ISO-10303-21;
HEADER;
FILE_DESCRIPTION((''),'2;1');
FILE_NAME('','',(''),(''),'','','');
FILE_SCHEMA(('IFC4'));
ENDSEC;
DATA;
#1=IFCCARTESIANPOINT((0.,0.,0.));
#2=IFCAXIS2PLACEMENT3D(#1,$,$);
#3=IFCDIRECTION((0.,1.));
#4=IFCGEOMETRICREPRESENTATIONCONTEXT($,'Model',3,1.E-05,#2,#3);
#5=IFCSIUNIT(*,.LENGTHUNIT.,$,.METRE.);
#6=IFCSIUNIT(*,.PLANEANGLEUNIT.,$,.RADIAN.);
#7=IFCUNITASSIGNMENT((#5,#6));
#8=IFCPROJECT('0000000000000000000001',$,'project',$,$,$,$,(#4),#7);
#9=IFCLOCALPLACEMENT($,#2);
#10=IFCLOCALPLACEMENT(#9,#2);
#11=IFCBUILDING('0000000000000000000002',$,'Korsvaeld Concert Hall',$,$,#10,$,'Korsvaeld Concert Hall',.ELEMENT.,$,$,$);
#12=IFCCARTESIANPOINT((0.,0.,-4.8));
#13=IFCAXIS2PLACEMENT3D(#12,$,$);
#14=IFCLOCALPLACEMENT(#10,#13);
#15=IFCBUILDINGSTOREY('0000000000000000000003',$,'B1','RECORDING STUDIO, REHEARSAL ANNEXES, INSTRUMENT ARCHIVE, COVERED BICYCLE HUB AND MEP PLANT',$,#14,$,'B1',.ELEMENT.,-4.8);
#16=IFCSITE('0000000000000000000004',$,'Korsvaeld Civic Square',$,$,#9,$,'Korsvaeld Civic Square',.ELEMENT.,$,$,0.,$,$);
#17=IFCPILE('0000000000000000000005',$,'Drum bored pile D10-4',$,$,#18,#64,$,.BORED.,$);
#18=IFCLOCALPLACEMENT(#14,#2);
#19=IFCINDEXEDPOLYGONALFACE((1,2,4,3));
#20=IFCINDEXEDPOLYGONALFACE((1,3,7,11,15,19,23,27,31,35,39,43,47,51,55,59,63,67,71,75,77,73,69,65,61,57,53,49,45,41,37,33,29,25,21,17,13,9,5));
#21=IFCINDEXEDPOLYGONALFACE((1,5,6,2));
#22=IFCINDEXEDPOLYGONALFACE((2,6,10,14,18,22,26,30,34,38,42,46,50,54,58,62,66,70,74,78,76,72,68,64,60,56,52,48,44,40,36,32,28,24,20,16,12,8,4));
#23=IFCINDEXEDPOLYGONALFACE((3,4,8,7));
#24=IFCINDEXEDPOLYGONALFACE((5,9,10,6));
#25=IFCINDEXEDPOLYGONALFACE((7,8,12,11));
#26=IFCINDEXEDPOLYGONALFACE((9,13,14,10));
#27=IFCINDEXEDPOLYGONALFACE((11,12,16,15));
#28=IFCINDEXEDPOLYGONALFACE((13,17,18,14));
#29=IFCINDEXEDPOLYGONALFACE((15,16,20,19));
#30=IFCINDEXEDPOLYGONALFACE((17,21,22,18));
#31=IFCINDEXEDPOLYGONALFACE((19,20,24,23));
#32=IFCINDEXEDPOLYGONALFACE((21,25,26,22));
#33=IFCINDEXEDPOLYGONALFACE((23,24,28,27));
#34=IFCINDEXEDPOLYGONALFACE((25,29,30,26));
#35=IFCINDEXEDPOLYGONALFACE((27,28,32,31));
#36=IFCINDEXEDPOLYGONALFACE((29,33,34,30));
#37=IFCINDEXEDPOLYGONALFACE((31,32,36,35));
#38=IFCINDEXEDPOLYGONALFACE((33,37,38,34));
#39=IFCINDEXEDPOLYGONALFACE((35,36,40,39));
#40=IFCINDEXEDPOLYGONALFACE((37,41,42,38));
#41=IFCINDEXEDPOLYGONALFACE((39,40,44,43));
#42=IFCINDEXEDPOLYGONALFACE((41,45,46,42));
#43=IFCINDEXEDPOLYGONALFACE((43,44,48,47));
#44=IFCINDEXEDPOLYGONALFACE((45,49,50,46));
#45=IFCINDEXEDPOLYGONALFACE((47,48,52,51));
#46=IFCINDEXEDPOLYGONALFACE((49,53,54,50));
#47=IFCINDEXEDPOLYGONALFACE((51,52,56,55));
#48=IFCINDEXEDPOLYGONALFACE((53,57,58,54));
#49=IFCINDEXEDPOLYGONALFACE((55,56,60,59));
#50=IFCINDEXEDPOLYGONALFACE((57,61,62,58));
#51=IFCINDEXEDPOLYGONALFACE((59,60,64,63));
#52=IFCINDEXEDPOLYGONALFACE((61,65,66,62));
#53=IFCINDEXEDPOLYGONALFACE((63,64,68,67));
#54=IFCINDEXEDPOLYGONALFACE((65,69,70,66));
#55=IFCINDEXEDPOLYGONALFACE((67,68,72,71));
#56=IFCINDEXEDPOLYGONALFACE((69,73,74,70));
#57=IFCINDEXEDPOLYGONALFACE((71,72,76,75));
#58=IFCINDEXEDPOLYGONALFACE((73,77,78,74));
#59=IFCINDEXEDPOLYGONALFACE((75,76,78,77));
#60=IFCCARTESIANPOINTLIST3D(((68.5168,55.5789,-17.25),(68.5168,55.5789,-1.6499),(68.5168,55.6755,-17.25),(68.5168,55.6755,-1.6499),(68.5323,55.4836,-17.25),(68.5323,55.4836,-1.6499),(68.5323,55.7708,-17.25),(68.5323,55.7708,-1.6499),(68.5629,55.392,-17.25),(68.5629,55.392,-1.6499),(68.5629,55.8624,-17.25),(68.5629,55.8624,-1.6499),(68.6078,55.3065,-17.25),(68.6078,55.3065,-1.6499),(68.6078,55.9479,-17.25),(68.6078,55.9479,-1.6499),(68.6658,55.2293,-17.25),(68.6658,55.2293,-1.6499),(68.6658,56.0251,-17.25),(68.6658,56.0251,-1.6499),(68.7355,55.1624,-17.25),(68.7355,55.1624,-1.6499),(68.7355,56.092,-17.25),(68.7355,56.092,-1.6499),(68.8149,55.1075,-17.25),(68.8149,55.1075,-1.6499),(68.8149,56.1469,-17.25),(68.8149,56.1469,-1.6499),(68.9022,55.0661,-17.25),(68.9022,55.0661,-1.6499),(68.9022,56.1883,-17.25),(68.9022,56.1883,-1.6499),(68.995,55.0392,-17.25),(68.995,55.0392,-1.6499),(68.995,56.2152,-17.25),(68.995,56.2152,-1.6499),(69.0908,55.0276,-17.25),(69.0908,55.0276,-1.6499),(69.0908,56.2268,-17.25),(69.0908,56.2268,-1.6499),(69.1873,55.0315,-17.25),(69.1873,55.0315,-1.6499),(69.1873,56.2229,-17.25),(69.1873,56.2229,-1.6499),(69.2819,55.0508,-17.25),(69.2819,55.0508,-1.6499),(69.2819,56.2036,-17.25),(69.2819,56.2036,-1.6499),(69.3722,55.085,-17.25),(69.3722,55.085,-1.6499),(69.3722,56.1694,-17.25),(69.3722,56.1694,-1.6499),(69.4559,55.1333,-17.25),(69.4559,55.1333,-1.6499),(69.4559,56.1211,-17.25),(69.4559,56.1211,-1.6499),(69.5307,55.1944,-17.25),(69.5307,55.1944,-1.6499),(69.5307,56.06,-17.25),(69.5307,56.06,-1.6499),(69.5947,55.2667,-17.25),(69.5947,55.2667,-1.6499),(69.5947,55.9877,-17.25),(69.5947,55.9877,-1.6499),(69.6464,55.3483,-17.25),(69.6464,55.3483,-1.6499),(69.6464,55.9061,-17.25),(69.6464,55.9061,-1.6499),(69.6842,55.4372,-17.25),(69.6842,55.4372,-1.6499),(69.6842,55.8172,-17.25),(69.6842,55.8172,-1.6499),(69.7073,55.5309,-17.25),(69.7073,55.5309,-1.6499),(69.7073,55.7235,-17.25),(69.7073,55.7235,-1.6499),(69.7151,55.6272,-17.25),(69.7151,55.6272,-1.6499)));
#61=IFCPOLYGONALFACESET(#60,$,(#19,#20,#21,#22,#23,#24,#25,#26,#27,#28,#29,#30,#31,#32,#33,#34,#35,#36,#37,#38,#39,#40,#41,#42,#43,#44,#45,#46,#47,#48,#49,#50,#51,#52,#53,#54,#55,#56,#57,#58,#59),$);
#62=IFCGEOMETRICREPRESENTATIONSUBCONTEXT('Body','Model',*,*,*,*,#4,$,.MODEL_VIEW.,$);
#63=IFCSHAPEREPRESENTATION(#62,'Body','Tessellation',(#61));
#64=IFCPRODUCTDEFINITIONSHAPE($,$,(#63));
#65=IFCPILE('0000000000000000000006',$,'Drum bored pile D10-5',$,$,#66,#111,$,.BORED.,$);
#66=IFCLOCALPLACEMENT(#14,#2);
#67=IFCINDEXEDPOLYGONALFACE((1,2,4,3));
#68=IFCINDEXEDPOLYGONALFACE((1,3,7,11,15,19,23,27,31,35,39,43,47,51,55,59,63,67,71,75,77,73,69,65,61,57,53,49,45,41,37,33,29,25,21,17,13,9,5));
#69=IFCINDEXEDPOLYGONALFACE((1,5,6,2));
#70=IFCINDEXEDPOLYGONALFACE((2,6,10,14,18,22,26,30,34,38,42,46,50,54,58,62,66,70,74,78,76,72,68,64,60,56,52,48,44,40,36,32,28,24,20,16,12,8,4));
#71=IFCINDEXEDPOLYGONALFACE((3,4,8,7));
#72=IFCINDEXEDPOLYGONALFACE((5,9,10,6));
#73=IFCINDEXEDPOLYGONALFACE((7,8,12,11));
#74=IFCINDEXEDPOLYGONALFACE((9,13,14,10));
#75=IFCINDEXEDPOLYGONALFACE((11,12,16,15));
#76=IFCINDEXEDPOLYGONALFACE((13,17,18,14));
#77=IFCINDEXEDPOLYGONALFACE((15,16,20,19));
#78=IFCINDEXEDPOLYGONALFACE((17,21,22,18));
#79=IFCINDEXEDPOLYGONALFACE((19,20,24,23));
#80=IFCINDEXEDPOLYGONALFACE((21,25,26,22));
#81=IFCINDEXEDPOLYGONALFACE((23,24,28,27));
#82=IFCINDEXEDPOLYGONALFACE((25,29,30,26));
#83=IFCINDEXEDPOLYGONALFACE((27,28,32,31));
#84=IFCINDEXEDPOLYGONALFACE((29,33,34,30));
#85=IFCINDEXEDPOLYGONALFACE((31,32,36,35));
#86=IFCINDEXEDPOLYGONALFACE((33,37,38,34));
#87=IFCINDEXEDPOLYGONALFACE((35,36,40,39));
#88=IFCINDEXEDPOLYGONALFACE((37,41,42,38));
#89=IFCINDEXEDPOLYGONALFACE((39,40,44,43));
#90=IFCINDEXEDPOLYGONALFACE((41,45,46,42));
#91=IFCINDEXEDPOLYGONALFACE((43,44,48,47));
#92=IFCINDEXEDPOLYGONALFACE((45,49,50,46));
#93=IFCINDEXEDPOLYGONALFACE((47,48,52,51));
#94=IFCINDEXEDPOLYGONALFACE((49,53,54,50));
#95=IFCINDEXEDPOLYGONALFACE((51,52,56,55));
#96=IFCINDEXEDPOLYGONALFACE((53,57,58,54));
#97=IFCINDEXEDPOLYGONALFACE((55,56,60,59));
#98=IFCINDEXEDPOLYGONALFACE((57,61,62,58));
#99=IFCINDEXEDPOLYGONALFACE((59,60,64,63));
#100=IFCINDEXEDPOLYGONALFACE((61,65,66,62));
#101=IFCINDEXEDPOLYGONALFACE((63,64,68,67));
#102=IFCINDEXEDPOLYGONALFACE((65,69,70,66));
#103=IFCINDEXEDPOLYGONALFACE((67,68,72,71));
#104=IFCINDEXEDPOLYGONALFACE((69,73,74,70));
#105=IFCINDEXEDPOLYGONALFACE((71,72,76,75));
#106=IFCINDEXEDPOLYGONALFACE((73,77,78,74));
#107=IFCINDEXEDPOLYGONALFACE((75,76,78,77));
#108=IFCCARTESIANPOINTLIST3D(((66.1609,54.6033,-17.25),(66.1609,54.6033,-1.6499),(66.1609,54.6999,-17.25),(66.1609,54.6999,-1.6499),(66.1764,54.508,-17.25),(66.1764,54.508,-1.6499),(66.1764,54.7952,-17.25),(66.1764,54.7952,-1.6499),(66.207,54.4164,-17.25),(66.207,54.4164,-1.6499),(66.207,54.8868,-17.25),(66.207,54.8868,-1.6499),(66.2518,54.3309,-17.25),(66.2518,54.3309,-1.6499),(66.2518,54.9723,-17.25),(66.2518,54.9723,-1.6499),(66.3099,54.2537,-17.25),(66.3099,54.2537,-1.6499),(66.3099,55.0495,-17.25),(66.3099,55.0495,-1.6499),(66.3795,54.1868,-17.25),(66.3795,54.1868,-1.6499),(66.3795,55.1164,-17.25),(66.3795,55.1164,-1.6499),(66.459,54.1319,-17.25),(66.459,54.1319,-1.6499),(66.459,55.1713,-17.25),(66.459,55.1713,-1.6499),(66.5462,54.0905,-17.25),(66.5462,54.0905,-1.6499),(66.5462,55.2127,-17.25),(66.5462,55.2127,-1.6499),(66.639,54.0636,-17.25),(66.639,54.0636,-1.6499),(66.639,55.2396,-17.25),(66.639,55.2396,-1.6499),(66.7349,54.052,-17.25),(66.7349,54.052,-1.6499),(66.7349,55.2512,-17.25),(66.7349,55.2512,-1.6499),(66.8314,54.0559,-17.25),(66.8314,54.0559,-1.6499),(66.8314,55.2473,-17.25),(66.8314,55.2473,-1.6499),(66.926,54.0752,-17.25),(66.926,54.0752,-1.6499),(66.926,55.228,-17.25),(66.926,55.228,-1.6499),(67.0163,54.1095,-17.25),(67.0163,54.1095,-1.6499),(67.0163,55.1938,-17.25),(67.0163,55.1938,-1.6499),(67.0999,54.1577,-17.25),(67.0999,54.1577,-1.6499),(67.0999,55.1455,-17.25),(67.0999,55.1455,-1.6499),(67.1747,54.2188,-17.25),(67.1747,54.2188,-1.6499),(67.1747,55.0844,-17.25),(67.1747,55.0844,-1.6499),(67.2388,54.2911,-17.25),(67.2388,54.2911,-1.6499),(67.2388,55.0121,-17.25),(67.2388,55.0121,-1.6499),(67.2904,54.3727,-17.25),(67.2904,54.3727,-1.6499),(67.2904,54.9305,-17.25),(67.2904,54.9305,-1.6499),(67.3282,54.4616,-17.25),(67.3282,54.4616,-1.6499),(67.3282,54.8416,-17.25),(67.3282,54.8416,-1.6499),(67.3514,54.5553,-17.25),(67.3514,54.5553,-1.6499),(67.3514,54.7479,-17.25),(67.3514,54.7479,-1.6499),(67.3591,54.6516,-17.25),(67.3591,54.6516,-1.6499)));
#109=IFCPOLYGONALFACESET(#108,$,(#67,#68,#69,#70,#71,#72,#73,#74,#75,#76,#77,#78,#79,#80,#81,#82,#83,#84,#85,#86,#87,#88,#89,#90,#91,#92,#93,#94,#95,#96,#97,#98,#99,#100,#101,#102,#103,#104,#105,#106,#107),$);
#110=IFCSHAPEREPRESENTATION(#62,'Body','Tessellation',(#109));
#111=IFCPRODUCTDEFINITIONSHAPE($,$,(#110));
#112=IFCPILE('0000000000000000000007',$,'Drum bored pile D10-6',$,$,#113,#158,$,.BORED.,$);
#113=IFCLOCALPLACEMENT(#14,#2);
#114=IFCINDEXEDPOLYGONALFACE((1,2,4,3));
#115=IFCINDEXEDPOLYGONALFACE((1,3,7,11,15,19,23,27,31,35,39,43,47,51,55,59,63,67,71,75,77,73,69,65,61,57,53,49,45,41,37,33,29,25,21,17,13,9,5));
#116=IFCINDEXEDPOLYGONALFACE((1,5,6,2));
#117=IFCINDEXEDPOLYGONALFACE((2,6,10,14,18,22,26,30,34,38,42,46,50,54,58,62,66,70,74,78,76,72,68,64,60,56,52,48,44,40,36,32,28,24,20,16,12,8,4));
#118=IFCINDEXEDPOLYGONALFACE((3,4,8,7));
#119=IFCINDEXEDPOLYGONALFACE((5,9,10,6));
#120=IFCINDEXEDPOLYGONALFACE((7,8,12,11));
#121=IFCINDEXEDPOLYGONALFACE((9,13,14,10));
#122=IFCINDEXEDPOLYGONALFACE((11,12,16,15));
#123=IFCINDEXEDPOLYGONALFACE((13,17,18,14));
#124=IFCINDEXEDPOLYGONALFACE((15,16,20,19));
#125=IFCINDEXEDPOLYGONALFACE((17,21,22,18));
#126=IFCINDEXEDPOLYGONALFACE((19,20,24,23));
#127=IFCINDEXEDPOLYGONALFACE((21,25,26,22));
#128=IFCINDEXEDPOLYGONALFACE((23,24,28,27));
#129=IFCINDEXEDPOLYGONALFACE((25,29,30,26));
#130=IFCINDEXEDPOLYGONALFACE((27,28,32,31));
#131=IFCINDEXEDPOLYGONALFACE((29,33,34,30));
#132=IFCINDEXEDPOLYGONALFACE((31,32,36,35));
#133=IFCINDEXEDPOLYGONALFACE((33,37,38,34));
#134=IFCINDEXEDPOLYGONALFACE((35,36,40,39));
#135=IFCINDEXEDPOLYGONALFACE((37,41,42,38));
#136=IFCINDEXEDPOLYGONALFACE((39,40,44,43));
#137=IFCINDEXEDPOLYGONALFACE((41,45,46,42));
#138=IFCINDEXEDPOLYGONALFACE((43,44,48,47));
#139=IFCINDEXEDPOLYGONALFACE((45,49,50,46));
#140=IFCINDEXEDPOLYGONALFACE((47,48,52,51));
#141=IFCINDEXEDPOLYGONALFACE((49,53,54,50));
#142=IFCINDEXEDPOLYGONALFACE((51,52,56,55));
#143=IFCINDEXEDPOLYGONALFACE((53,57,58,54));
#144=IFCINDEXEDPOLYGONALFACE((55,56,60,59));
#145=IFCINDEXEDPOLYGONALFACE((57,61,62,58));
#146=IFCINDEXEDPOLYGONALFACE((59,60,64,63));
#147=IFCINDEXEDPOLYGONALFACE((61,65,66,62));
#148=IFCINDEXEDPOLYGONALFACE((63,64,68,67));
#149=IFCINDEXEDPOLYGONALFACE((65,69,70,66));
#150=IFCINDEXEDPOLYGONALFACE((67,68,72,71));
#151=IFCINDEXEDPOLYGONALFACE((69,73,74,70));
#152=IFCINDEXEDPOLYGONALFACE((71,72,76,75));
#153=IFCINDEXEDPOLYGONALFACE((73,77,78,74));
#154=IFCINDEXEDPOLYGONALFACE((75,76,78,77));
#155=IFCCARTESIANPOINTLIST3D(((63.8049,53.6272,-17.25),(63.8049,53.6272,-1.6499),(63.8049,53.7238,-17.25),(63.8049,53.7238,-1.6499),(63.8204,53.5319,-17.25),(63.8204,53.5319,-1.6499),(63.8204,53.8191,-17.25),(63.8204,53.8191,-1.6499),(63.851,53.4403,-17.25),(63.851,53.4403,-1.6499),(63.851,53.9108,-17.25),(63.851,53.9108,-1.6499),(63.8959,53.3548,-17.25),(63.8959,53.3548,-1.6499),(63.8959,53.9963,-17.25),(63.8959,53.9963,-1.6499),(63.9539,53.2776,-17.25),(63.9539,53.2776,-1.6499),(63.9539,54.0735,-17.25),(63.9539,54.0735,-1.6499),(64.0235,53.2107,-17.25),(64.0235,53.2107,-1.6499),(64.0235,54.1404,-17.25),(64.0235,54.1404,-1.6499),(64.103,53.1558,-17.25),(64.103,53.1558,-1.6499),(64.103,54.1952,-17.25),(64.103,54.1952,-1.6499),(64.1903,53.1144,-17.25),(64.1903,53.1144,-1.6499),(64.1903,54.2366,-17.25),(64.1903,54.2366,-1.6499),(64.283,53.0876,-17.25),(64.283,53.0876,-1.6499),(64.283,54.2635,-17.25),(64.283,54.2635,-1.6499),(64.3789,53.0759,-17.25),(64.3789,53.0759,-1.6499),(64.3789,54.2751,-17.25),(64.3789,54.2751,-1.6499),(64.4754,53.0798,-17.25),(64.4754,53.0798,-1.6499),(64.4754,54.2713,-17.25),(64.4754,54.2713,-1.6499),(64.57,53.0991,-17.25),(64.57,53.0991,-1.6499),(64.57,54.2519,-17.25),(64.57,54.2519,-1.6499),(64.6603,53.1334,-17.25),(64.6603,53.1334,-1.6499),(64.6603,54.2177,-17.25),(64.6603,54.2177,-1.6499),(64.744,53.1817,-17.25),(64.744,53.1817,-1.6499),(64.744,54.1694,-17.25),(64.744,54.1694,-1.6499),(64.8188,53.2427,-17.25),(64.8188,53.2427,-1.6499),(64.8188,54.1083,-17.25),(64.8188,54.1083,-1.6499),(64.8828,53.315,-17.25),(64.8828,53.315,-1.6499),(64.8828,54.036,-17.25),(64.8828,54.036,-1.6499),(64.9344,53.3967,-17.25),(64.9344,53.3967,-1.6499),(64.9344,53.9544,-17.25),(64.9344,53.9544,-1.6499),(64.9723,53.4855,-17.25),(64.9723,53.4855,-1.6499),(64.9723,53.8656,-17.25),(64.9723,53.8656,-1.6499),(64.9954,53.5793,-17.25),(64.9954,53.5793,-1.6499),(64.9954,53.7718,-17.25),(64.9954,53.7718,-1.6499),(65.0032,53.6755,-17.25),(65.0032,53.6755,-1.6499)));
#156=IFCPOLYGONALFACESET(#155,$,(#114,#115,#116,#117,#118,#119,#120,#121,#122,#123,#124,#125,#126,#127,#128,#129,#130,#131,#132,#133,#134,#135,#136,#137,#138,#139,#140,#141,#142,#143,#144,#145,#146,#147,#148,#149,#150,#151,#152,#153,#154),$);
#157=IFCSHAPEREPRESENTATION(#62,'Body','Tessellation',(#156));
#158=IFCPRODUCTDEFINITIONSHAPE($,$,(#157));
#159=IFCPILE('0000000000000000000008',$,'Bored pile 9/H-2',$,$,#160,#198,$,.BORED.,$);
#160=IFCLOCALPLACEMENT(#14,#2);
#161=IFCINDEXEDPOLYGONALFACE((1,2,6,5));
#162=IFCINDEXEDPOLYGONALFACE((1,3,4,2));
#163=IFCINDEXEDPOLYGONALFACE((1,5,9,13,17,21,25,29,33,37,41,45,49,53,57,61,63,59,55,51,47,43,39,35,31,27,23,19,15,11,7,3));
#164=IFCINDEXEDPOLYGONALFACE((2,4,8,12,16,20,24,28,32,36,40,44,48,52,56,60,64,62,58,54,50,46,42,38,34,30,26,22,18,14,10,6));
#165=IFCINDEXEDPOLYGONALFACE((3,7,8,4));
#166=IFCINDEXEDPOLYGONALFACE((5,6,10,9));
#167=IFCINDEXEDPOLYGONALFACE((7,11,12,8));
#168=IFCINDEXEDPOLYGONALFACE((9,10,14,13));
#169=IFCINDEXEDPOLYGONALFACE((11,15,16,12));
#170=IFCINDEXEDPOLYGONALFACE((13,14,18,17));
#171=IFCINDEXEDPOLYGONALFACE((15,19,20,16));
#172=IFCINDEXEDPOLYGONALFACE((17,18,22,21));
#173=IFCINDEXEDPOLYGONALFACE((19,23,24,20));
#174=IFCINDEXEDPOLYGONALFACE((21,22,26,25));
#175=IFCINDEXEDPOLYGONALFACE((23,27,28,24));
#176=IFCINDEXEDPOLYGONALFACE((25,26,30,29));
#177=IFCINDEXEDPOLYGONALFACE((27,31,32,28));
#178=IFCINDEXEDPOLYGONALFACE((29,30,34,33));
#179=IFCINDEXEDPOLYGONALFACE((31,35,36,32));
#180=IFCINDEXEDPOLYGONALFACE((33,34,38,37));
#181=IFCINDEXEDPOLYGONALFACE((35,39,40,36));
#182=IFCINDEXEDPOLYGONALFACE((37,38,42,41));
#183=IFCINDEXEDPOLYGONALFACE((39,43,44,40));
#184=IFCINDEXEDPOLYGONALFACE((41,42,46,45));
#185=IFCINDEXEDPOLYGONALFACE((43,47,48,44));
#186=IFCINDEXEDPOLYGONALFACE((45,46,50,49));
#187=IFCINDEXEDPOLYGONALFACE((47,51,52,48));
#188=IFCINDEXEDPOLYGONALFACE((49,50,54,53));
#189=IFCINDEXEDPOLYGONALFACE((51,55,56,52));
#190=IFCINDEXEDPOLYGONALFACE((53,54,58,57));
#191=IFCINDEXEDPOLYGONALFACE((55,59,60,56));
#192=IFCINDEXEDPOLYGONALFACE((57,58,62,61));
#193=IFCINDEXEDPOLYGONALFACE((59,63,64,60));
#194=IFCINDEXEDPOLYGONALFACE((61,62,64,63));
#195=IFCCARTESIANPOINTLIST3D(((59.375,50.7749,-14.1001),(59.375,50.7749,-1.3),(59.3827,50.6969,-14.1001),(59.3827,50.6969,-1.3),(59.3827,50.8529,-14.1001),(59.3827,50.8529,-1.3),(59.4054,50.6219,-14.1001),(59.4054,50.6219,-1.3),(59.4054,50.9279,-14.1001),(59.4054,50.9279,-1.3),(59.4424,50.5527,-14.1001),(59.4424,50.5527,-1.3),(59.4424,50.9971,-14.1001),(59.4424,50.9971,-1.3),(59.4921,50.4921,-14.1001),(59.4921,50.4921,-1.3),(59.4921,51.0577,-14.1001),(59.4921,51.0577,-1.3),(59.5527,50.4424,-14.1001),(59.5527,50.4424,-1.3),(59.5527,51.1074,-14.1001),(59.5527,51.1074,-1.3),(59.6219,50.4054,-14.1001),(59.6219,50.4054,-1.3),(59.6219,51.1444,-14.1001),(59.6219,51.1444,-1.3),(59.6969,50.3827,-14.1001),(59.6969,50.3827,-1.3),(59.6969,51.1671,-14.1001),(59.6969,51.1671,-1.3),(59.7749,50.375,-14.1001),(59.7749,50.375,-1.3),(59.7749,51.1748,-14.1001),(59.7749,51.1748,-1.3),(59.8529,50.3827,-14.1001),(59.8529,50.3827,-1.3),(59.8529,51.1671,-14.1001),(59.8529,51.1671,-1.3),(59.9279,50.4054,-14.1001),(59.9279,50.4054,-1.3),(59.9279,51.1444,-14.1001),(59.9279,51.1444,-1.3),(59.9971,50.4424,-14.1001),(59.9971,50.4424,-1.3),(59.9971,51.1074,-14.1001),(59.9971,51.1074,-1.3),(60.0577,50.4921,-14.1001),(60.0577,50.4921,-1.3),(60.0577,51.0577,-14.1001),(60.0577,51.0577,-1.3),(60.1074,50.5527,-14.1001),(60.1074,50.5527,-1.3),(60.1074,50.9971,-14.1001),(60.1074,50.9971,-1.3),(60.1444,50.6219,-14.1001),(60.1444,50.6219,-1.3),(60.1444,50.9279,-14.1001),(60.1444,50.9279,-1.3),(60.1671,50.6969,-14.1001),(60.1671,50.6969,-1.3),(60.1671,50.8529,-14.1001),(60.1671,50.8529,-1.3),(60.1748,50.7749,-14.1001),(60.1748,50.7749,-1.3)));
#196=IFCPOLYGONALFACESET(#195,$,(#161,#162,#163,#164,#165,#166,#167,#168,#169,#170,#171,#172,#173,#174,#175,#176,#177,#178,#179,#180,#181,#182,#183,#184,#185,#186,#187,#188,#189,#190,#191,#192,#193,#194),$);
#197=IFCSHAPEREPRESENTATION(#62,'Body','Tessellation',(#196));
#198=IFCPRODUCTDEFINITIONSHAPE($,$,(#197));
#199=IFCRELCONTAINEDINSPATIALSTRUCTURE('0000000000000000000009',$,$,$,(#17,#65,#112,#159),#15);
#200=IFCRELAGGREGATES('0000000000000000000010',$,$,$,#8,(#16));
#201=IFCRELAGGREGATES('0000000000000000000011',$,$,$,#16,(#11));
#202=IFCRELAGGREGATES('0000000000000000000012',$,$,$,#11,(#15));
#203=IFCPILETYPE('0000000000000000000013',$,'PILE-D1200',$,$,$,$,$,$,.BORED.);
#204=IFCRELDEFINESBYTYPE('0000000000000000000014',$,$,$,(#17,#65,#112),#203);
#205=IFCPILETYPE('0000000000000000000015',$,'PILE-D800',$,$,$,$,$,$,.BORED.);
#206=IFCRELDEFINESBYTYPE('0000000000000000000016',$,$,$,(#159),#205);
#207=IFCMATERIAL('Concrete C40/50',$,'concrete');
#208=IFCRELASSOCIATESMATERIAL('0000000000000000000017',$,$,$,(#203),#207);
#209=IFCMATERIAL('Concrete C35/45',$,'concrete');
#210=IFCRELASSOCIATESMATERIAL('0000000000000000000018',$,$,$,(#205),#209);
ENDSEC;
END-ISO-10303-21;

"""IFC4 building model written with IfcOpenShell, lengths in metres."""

from ifc_helpers import new_model, si_unit, direction, frame, origin, origin_2d, place, context, subcontext, project, spatial, circle, extrude, material, material_profile, profile_set, type_object, element, save


model = new_model("IFC4")

# Units and contexts
model_context = context("Model", 3, precision=1e-05, world=origin(), true_north=direction((0.0, 1.0)))
body_context = subcontext(model_context, "Body", "Model", "MODEL_VIEW")
ifc_project = project(units=[si_unit("LENGTHUNIT", "METRE"), si_unit("PLANEANGLEUNIT", "RADIAN")], contexts=[model_context])

# Site, building, storey
site_placement = place(None, origin())
site = spatial("IfcSite", under=ifc_project, at=site_placement, Name="Korsvaeld Civic Square", LongName="Korsvaeld Civic Square", CompositionType="ELEMENT", RefElevation=0.0)
building_placement = place(site_placement, origin())
building = spatial("IfcBuilding", under=site, at=building_placement, Name="Korsvaeld Concert Hall", LongName="Korsvaeld Concert Hall", CompositionType="ELEMENT")
storey_placement = place(building_placement, frame((0.0, 0.0, -4.8)))
storey = spatial("IfcBuildingStorey", under=building, at=storey_placement, Name="B1", Description="RECORDING STUDIO, REHEARSAL ANNEXES, INSTRUMENT ARCHIVE, COVERED BICYCLE HUB AND MEP PLANT", LongName="B1", CompositionType="ELEMENT", Elevation=-4.8)

# Shared definitions
ifc_material_1 = material(Name="Concrete C35/45", Category="concrete")

# Piles
ifc_material_2 = material(Name="Concrete C40/50", Category="concrete")
ifc_material_profile_1 = material_profile(ifc_material_2, circle(Radius=0.6001, at=origin_2d()), Name="BORED PILE D1200")
ifc_profile_set_1 = profile_set([ifc_material_profile_1], Name="Concrete C40/50")
pile_type_1 = type_object("IfcPileType", Name="PILE-D1200", PredefinedType="BORED", material=ifc_profile_set_1)
for number, where, z_axis, x_axis, name in (
    (1, (69.115, 55.6272, -1.6499), (0.0, 0.0, -1.0), (1.0, 0.0, 0.0), "Drum bored pile D10-4"),
    (2, (66.759, 54.6516, -1.6499), (0.0, 0.0, -1.0), (1.0, 0.0, 0.0), "Drum bored pile D10-5"),
    (3, (64.4031, 53.6755, -1.6499), (0.0, 0.0, -1.0), (1.0, 0.0, 0.0), "Drum bored pile D10-6"),
):
    element("IfcPile", number, at=place(storey_placement, frame(where, z_axis=z_axis, x_axis=x_axis)), inside=storey, type_object=pile_type_1, Name=name, PredefinedType="BORED", context=body_context, shape_type="SweptSolid", body=[
        extrude(circle(Radius=0.6001, at=origin_2d()), origin(), (0.0, 0.0, 1.0), 15.6001),
    ])
ifc_material_profile_2 = material_profile(ifc_material_1, circle(Radius=0.3999, at=origin_2d()), Name="BORED PILE D800")
ifc_profile_set_2 = profile_set([ifc_material_profile_2], Name="Concrete C35/45")
pile_type_2 = type_object("IfcPileType", Name="PILE-D800", PredefinedType="BORED", material=ifc_profile_set_2)
pile_1_placement = place(storey_placement, frame((59.7749, 50.7749, -1.3), z_axis=(0.0, 0.0, -1.0), x_axis=(1.0, 0.0, 0.0)))
element("IfcPile", 4, at=pile_1_placement, inside=storey, type_object=pile_type_2, Name="Bored pile 9/H-2", PredefinedType="BORED", context=body_context, shape_type="SweptSolid", body=[
    extrude(circle(Radius=0.3999, at=origin_2d()), origin(), (0.0, 0.0, 1.0), 12.8),
])

save(model, "model.ifc")
